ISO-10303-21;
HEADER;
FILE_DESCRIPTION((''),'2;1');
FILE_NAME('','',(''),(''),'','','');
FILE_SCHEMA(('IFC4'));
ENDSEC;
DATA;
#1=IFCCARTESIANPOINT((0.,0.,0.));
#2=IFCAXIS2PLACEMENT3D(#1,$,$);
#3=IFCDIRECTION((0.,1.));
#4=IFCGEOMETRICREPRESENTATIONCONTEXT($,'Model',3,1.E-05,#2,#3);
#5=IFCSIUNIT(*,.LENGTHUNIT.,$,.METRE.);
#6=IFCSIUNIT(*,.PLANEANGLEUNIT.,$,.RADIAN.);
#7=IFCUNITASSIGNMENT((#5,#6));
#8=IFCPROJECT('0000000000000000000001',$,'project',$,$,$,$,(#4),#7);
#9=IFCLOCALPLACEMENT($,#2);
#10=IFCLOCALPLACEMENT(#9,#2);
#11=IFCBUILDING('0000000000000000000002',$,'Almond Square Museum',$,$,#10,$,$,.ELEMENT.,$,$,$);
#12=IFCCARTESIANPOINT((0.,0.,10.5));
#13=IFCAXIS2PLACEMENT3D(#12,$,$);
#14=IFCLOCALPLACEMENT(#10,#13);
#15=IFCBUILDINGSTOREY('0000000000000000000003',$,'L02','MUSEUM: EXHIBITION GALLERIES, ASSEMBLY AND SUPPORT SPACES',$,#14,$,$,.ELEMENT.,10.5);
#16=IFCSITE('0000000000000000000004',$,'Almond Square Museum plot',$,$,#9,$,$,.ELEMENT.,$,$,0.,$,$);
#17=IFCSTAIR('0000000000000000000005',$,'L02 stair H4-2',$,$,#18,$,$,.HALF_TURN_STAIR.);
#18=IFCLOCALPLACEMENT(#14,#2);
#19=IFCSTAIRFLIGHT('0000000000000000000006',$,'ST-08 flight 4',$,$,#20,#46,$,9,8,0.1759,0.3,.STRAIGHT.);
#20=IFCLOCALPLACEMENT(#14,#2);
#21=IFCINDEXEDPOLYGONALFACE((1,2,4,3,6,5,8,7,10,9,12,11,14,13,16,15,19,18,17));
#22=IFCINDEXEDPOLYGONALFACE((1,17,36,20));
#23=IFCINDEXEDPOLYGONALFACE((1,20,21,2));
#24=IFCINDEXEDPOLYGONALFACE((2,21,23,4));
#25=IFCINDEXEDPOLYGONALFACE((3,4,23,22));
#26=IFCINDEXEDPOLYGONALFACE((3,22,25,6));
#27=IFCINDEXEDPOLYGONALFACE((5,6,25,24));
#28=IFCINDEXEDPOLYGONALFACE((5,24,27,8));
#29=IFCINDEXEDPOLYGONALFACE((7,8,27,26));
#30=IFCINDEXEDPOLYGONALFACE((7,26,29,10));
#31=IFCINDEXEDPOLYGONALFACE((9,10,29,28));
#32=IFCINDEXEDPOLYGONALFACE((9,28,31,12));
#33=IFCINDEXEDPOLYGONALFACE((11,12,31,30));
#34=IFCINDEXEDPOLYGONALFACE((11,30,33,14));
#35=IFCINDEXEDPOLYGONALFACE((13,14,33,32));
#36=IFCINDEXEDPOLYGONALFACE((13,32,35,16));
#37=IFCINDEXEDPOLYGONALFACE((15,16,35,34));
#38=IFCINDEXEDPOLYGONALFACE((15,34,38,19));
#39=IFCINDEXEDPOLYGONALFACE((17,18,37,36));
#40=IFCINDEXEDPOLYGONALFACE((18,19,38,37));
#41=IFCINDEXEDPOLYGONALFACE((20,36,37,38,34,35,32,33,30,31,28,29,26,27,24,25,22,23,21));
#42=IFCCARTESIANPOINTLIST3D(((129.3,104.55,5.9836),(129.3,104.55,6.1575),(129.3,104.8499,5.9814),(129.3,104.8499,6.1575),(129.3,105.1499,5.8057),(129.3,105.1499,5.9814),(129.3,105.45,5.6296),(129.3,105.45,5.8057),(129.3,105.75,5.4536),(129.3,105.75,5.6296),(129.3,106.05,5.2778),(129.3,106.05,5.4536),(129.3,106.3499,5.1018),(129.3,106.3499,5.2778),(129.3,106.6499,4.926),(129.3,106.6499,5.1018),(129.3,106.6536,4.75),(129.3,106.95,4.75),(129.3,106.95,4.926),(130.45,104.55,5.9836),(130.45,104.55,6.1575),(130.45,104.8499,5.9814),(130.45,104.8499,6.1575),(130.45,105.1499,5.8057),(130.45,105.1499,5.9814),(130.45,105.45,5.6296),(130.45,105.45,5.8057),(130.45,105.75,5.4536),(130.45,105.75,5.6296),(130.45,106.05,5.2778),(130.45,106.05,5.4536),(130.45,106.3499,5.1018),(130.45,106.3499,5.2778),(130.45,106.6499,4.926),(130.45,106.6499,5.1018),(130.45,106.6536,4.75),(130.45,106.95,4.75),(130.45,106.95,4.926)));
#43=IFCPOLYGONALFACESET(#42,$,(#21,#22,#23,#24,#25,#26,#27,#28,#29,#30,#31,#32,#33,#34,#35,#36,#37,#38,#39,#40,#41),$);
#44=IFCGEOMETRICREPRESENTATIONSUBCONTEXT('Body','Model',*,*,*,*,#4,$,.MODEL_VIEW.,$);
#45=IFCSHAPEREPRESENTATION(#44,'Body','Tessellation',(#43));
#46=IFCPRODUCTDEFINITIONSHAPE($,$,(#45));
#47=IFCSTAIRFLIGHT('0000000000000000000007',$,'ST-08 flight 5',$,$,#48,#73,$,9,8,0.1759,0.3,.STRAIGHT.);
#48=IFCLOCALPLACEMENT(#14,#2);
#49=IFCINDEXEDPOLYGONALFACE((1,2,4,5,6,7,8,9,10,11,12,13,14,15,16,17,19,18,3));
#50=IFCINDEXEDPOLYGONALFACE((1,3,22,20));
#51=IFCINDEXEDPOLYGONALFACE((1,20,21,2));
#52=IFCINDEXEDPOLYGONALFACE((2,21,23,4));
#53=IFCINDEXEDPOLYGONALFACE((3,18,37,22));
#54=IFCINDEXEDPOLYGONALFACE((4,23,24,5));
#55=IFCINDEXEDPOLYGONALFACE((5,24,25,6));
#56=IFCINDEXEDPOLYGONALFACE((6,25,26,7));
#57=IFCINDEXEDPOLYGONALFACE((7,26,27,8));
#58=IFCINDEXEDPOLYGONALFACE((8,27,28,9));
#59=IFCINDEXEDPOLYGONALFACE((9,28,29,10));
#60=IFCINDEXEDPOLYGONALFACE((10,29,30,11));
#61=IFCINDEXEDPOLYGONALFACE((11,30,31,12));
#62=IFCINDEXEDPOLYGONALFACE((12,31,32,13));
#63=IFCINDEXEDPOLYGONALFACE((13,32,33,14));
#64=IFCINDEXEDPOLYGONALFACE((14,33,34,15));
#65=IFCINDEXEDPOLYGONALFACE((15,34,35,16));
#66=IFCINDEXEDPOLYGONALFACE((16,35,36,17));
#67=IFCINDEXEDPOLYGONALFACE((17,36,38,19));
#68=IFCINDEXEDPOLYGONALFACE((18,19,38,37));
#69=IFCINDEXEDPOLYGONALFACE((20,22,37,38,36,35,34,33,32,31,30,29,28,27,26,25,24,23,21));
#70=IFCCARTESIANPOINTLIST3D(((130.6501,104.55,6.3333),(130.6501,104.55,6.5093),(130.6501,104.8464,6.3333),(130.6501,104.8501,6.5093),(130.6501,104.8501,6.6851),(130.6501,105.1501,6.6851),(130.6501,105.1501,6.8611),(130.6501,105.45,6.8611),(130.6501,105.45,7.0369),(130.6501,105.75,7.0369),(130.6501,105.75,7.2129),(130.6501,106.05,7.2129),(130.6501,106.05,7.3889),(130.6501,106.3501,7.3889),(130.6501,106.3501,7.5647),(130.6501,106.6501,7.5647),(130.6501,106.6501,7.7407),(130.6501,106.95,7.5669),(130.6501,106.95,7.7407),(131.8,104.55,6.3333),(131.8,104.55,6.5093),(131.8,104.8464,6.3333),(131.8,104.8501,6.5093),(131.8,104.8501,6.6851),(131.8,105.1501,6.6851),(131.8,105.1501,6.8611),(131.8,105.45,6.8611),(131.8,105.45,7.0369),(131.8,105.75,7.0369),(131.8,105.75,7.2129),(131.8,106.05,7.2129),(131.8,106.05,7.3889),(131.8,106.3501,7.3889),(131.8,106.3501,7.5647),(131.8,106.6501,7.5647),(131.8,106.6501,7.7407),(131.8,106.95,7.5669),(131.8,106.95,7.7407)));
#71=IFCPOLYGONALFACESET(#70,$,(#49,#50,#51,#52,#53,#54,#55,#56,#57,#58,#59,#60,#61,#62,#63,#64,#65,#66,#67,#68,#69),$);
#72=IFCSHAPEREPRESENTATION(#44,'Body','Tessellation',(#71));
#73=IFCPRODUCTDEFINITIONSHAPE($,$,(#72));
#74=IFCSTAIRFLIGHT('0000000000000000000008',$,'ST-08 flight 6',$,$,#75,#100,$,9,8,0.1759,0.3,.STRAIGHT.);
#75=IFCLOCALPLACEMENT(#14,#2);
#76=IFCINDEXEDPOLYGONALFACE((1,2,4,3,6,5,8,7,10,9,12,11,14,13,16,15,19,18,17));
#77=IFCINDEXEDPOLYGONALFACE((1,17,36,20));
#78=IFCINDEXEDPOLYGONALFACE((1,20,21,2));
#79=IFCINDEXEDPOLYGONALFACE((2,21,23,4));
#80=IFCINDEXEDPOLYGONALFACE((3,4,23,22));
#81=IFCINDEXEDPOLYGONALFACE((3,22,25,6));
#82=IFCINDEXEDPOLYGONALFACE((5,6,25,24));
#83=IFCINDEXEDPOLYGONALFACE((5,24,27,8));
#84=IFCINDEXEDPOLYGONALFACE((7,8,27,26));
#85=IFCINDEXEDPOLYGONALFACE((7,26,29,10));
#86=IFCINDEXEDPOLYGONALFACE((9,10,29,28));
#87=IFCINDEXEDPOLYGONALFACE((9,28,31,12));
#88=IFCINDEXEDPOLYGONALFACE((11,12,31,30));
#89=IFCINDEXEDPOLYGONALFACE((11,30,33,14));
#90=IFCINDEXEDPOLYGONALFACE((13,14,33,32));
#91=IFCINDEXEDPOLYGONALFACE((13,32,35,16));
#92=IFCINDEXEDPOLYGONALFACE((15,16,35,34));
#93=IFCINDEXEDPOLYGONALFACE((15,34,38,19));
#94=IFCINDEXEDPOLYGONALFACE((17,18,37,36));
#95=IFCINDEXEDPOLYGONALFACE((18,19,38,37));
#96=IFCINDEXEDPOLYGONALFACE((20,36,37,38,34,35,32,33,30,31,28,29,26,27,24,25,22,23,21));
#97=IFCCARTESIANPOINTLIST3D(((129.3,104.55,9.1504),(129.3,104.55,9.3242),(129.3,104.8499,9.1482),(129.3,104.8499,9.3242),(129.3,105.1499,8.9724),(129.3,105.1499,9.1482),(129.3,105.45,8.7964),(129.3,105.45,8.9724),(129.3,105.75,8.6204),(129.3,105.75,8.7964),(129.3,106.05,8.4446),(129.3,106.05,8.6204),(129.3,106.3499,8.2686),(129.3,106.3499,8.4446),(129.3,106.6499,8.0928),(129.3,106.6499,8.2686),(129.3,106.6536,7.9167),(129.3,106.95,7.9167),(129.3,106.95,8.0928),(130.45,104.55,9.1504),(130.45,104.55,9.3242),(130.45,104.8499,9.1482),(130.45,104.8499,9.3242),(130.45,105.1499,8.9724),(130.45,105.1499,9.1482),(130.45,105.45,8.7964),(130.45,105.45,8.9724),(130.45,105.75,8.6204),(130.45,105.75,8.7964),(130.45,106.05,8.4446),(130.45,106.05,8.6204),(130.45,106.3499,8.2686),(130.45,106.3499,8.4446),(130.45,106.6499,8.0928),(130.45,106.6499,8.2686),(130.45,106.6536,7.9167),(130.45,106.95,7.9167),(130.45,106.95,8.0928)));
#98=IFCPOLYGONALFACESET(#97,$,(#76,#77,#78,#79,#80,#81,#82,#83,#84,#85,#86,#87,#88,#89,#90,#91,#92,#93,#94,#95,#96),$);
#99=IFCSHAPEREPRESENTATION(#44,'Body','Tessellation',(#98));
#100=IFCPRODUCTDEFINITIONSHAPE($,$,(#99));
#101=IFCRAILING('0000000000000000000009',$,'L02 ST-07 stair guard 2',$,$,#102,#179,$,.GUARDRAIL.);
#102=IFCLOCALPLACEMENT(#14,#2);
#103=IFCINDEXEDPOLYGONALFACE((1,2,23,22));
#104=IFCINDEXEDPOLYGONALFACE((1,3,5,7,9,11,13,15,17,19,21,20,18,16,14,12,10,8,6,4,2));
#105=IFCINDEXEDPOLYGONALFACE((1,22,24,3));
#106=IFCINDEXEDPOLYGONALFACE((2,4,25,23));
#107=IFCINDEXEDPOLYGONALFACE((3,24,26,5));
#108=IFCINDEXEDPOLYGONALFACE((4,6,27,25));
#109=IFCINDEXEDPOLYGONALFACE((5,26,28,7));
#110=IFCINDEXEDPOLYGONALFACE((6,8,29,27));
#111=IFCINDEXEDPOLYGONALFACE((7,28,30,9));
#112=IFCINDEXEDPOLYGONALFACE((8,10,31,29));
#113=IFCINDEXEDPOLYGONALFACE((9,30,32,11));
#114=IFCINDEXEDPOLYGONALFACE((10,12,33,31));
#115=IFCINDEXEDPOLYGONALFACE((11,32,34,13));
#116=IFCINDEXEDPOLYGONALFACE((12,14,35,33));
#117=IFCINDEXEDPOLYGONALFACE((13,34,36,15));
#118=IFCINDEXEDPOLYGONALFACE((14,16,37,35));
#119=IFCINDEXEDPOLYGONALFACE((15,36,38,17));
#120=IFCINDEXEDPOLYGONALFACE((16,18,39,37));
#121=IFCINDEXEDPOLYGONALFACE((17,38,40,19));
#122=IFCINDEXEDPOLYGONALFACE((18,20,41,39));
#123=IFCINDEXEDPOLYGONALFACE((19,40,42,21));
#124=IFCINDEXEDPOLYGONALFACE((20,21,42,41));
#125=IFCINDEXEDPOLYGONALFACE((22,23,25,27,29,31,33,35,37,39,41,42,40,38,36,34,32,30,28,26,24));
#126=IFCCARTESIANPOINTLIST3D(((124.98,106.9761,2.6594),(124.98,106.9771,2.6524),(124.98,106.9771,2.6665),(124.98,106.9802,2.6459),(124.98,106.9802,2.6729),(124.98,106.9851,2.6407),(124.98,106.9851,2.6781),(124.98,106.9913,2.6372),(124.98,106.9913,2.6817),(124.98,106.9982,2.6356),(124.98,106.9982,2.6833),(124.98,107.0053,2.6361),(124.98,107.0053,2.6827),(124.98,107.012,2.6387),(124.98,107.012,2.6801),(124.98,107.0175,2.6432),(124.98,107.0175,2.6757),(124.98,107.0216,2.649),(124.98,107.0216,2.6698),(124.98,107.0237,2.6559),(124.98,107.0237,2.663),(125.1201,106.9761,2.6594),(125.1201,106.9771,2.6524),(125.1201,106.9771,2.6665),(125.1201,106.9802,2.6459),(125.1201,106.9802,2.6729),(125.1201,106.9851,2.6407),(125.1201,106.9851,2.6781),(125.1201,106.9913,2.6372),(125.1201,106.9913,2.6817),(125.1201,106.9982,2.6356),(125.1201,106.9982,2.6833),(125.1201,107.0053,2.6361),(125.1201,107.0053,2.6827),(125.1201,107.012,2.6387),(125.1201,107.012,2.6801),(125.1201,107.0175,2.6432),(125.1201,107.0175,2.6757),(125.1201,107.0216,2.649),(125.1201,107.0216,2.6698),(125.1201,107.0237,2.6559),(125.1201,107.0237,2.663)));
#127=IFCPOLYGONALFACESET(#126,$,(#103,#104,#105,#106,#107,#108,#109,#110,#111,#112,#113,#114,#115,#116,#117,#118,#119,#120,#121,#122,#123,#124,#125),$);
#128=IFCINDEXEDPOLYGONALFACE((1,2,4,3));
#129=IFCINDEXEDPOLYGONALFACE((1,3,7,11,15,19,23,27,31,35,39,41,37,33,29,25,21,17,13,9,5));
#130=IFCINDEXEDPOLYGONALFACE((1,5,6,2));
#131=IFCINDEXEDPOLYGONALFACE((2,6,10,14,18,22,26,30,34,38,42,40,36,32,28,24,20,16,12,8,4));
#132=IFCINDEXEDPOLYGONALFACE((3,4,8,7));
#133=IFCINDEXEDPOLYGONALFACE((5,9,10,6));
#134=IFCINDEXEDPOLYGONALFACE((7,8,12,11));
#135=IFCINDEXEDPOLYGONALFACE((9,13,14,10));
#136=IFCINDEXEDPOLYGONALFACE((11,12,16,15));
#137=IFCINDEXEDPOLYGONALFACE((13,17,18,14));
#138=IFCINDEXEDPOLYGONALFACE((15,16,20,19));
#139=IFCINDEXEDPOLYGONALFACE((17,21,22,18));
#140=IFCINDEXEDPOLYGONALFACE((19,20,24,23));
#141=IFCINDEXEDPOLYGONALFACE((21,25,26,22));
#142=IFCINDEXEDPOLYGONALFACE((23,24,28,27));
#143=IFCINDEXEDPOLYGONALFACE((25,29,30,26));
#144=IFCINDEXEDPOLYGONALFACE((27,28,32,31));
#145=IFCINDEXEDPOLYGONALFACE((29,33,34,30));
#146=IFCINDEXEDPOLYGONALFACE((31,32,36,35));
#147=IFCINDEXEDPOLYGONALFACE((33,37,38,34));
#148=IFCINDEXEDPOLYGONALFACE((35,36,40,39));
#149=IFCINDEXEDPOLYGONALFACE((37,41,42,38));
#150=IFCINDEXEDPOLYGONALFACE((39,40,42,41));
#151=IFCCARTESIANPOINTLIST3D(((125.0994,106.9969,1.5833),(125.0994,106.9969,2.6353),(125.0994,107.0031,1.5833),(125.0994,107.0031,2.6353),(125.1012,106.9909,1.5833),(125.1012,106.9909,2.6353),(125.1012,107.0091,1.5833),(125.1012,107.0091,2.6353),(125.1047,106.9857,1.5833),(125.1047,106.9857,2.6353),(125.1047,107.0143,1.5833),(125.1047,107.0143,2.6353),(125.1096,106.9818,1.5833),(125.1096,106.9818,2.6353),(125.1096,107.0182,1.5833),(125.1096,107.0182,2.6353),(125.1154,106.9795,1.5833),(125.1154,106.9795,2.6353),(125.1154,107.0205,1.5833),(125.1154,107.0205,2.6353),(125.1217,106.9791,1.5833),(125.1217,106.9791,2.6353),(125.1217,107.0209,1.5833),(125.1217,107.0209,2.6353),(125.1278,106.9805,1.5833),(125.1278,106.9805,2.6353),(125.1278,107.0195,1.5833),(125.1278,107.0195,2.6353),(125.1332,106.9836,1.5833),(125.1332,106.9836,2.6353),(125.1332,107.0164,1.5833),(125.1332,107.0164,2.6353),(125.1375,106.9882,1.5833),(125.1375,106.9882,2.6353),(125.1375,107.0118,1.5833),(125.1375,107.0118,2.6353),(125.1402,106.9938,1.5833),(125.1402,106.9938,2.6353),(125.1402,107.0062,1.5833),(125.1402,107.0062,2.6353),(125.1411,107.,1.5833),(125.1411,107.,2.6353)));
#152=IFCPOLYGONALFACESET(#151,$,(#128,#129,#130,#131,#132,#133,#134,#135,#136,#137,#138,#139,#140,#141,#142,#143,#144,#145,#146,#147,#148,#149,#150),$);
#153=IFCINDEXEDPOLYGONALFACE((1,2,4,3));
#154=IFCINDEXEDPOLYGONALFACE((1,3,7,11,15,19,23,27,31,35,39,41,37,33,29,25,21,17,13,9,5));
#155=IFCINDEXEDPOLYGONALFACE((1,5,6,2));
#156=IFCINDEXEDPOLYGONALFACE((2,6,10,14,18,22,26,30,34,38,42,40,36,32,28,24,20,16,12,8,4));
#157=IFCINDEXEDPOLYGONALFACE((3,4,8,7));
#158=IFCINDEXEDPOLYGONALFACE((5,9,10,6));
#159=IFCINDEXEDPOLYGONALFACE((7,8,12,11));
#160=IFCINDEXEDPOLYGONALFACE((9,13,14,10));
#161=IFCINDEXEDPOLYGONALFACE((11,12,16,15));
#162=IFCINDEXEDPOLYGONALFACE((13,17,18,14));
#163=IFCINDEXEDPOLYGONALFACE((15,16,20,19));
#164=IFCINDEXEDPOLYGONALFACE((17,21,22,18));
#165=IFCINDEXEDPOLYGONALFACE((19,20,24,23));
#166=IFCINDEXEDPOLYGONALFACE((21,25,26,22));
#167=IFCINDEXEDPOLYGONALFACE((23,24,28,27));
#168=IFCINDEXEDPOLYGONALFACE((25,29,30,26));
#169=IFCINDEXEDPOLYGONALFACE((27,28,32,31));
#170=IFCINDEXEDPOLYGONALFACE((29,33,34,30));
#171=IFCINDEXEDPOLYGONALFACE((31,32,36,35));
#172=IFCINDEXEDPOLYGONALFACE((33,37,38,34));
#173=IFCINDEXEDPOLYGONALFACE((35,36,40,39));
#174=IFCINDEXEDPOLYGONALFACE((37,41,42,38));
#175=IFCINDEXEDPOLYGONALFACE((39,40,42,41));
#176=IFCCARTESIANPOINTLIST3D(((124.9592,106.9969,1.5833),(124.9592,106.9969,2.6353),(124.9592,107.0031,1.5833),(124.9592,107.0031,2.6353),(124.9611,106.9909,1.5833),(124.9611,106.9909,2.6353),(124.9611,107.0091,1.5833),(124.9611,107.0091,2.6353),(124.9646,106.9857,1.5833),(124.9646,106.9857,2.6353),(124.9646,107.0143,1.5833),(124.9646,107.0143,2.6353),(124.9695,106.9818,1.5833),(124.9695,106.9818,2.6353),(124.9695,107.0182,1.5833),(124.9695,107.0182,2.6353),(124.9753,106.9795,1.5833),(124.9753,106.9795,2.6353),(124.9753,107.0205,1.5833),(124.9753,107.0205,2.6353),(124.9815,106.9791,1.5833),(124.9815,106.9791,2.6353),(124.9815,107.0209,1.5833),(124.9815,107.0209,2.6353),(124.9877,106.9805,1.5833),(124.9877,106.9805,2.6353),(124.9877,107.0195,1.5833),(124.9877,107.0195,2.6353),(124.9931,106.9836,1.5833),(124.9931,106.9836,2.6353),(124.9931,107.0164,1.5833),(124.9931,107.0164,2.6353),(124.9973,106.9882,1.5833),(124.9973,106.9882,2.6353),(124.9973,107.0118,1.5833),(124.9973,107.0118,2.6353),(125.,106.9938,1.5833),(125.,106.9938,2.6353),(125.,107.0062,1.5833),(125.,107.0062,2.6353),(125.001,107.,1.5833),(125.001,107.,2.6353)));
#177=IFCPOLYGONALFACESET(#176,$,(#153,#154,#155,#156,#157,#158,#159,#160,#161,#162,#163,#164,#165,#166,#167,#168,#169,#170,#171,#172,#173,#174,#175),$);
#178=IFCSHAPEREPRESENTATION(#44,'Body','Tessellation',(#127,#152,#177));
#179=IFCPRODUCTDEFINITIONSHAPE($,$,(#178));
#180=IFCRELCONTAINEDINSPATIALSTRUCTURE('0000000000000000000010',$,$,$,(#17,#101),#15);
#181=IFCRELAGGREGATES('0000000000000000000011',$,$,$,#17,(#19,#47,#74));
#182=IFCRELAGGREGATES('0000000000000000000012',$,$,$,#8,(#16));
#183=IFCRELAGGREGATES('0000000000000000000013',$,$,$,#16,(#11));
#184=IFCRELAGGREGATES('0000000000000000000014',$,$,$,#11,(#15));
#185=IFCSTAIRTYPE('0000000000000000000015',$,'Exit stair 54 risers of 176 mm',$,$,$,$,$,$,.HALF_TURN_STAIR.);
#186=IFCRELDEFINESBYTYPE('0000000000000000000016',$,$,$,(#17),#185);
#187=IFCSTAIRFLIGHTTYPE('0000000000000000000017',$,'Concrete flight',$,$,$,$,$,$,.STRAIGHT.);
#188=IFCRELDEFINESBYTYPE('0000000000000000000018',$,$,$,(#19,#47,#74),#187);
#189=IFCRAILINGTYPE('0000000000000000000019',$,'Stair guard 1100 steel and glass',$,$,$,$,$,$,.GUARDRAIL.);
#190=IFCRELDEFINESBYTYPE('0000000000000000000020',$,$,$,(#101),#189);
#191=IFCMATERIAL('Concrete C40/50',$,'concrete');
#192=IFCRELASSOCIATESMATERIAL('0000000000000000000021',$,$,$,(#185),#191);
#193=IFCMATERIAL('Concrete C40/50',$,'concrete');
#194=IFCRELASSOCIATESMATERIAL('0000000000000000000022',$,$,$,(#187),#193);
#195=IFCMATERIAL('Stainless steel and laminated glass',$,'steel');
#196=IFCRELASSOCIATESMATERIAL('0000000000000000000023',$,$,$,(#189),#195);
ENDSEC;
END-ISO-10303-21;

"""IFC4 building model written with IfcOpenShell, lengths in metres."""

from ifc_helpers import new_model, si_unit, direction, frame, origin, origin_2d, place, context, subcontext, project, spatial, polyline, circle, outline, extrude, material, type_object, element, aggregate, save


model = new_model("IFC4")

# Units and contexts
model_context = context("Model", 3, precision=1e-05, world=origin(), true_north=direction((0.0, 1.0)))
body_context = subcontext(model_context, "Body", "Model", "MODEL_VIEW")
ifc_project = project(units=[si_unit("LENGTHUNIT", "METRE"), si_unit("PLANEANGLEUNIT", "RADIAN")], contexts=[model_context])

# Site, building, storey
site_placement = place(None, origin())
site = spatial("IfcSite", under=ifc_project, at=site_placement, Name="Almond Square Museum plot", CompositionType="ELEMENT", RefElevation=0.0)
building_placement = place(site_placement, origin())
building = spatial("IfcBuilding", under=site, at=building_placement, Name="Almond Square Museum", CompositionType="ELEMENT")
storey_placement = place(building_placement, frame((0.0, 0.0, 10.5)))
storey = spatial("IfcBuildingStorey", under=building, at=storey_placement, Name="L02", Description="MUSEUM: EXHIBITION GALLERIES, ASSEMBLY AND SUPPORT SPACES", CompositionType="ELEMENT", Elevation=10.5)

# Stair, stair flights
ifc_material_1 = material(Name="Concrete C40/50", Category="concrete")
stair_type = type_object("IfcStairType", Name="Exit stair 54 risers of 176 mm", PredefinedType="HALF_TURN_STAIR", material=ifc_material_1)
ifc_material_2 = material(Name="Concrete C40/50", Category="concrete")
stair_flight_type = type_object("IfcStairFlightType", Name="Concrete flight", PredefinedType="STRAIGHT", material=ifc_material_2)
stair_1_placement = place(storey_placement, origin())
stair_1 = element("IfcStair", 1, at=stair_1_placement, inside=storey, type_object=stair_type, Name="L02 stair H4-2", PredefinedType="HALF_TURN_STAIR")
stair_flight_1_placement = place(storey_placement, frame((129.875, 106.95, 4.75), z_axis=(0.0, 0.0, 1.0), x_axis=(0.0, -1.0, 0.0)))
stair_flight_1 = element("IfcStairFlight", 2, at=stair_flight_1_placement, type_object=stair_flight_type, Name="ST-08 flight 4", NumberOfRisers=9, NumberOfTreads=8, PredefinedType="STRAIGHT", RiserHeight=0.1759, TreadLength=0.3, context=body_context, shape_type="SweptSolid", body=[
    extrude(outline(polyline([(0.0, 0.0), (0.0, 0.176), (0.3, 0.176), (0.3, 0.3518), (0.6001, 0.3518), (0.6001, 0.5278), (0.8999, 0.5278), (0.8999, 0.7036), (1.2, 0.7036), (1.2, 0.8796), (1.5, 0.8796), (1.5, 1.0557), (1.8, 1.0557), (1.8, 1.2314), (2.1001, 1.2314), (2.1001, 1.4075), (2.3999, 1.4075), (2.3999, 1.5833), (2.3999, 1.2336), (0.2964, 0.0), (0.0, 0.0)])), frame((0.0, 0.575, 0.0), z_axis=(0.0, -1.0, 0.0), x_axis=(1.0, 0.0, 0.0)), (0.0, 0.0, 1.0), 1.1499),
])
stair_flight_2_placement = place(storey_placement, frame((131.2251, 104.55, 6.3333), z_axis=(0.0, 0.0, 1.0), x_axis=(0.0, 1.0, 0.0)))
stair_flight_2 = element("IfcStairFlight", 3, at=stair_flight_2_placement, type_object=stair_flight_type, Name="ST-08 flight 5", NumberOfRisers=9, NumberOfTreads=8, PredefinedType="STRAIGHT", RiserHeight=0.1759, TreadLength=0.3, context=body_context, shape_type="SweptSolid", body=[
    extrude(outline(polyline([(0.0, 0.0), (0.0, 0.176), (0.3, 0.176), (0.3, 0.3518), (0.6001, 0.3518), (0.6001, 0.5278), (0.8999, 0.5278), (0.8999, 0.7036), (1.2, 0.7036), (1.2, 0.8796), (1.5, 0.8796), (1.5, 1.0557), (1.8, 1.0557), (1.8, 1.2314), (2.1001, 1.2314), (2.1001, 1.4075), (2.3999, 1.4075), (2.3999, 1.5833), (2.3999, 1.2336), (0.2964, 0.0), (0.0, 0.0)])), frame((0.0, 0.575, 0.0), z_axis=(0.0, -1.0, 0.0), x_axis=(1.0, 0.0, 0.0)), (0.0, 0.0, 1.0), 1.1499),
])
stair_flight_3_placement = place(storey_placement, frame((129.875, 106.95, 7.9167), z_axis=(0.0, 0.0, 1.0), x_axis=(0.0, -1.0, 0.0)))
stair_flight_3 = element("IfcStairFlight", 4, at=stair_flight_3_placement, type_object=stair_flight_type, Name="ST-08 flight 6", NumberOfRisers=9, NumberOfTreads=8, PredefinedType="STRAIGHT", RiserHeight=0.1759, TreadLength=0.3, context=body_context, shape_type="SweptSolid", body=[
    extrude(outline(polyline([(0.0, 0.0), (0.0, 0.176), (0.3, 0.176), (0.3, 0.3518), (0.6001, 0.3518), (0.6001, 0.5278), (0.8999, 0.5278), (0.8999, 0.7036), (1.2, 0.7036), (1.2, 0.8796), (1.5, 0.8796), (1.5, 1.0557), (1.8, 1.0557), (1.8, 1.2314), (2.1001, 1.2314), (2.1001, 1.4075), (2.3999, 1.4075), (2.3999, 1.5833), (2.3999, 1.2336), (0.2964, 0.0), (0.0, 0.0)])), frame((0.0, 0.575, 0.0), z_axis=(0.0, -1.0, 0.0), x_axis=(1.0, 0.0, 0.0)), (0.0, 0.0, 1.0), 1.1499),
])
aggregate(stair_1, [stair_flight_1, stair_flight_2, stair_flight_3])

# Railing
ifc_material_3 = material(Name="Stainless steel and laminated glass", Category="steel")
railing_type_1 = type_object("IfcRailingType", Name="Stair guard 1100 steel and glass", PredefinedType="GUARDRAIL", material=ifc_material_3)
railing_1_placement = place(storey_placement, frame((125.1201, 107.0, 1.5833)))
element("IfcRailing", 5, at=railing_1_placement, inside=storey, type_object=railing_type_1, Name="L02 ST-07 stair guard 2", PredefinedType="GUARDRAIL", context=body_context, shape_type="SweptSolid", body=[
    extrude(circle(Radius=0.0239, at=origin_2d()), frame((0.0, 0.0, 1.0762), z_axis=(-1.0, 0.0, 0.0), x_axis=(0.0, -1.0, 0.0)), (0.0, 0.0, 1.0), 0.1401),
    extrude(circle(Radius=0.021, at=origin_2d()), origin(), (0.0, 0.0, 1.0), 1.052),
    extrude(circle(Radius=0.021, at=origin_2d()), frame((-0.1401, 0.0, 0.0)), (0.0, 0.0, 1.0), 1.052),
])

save(model, "model.ifc")
